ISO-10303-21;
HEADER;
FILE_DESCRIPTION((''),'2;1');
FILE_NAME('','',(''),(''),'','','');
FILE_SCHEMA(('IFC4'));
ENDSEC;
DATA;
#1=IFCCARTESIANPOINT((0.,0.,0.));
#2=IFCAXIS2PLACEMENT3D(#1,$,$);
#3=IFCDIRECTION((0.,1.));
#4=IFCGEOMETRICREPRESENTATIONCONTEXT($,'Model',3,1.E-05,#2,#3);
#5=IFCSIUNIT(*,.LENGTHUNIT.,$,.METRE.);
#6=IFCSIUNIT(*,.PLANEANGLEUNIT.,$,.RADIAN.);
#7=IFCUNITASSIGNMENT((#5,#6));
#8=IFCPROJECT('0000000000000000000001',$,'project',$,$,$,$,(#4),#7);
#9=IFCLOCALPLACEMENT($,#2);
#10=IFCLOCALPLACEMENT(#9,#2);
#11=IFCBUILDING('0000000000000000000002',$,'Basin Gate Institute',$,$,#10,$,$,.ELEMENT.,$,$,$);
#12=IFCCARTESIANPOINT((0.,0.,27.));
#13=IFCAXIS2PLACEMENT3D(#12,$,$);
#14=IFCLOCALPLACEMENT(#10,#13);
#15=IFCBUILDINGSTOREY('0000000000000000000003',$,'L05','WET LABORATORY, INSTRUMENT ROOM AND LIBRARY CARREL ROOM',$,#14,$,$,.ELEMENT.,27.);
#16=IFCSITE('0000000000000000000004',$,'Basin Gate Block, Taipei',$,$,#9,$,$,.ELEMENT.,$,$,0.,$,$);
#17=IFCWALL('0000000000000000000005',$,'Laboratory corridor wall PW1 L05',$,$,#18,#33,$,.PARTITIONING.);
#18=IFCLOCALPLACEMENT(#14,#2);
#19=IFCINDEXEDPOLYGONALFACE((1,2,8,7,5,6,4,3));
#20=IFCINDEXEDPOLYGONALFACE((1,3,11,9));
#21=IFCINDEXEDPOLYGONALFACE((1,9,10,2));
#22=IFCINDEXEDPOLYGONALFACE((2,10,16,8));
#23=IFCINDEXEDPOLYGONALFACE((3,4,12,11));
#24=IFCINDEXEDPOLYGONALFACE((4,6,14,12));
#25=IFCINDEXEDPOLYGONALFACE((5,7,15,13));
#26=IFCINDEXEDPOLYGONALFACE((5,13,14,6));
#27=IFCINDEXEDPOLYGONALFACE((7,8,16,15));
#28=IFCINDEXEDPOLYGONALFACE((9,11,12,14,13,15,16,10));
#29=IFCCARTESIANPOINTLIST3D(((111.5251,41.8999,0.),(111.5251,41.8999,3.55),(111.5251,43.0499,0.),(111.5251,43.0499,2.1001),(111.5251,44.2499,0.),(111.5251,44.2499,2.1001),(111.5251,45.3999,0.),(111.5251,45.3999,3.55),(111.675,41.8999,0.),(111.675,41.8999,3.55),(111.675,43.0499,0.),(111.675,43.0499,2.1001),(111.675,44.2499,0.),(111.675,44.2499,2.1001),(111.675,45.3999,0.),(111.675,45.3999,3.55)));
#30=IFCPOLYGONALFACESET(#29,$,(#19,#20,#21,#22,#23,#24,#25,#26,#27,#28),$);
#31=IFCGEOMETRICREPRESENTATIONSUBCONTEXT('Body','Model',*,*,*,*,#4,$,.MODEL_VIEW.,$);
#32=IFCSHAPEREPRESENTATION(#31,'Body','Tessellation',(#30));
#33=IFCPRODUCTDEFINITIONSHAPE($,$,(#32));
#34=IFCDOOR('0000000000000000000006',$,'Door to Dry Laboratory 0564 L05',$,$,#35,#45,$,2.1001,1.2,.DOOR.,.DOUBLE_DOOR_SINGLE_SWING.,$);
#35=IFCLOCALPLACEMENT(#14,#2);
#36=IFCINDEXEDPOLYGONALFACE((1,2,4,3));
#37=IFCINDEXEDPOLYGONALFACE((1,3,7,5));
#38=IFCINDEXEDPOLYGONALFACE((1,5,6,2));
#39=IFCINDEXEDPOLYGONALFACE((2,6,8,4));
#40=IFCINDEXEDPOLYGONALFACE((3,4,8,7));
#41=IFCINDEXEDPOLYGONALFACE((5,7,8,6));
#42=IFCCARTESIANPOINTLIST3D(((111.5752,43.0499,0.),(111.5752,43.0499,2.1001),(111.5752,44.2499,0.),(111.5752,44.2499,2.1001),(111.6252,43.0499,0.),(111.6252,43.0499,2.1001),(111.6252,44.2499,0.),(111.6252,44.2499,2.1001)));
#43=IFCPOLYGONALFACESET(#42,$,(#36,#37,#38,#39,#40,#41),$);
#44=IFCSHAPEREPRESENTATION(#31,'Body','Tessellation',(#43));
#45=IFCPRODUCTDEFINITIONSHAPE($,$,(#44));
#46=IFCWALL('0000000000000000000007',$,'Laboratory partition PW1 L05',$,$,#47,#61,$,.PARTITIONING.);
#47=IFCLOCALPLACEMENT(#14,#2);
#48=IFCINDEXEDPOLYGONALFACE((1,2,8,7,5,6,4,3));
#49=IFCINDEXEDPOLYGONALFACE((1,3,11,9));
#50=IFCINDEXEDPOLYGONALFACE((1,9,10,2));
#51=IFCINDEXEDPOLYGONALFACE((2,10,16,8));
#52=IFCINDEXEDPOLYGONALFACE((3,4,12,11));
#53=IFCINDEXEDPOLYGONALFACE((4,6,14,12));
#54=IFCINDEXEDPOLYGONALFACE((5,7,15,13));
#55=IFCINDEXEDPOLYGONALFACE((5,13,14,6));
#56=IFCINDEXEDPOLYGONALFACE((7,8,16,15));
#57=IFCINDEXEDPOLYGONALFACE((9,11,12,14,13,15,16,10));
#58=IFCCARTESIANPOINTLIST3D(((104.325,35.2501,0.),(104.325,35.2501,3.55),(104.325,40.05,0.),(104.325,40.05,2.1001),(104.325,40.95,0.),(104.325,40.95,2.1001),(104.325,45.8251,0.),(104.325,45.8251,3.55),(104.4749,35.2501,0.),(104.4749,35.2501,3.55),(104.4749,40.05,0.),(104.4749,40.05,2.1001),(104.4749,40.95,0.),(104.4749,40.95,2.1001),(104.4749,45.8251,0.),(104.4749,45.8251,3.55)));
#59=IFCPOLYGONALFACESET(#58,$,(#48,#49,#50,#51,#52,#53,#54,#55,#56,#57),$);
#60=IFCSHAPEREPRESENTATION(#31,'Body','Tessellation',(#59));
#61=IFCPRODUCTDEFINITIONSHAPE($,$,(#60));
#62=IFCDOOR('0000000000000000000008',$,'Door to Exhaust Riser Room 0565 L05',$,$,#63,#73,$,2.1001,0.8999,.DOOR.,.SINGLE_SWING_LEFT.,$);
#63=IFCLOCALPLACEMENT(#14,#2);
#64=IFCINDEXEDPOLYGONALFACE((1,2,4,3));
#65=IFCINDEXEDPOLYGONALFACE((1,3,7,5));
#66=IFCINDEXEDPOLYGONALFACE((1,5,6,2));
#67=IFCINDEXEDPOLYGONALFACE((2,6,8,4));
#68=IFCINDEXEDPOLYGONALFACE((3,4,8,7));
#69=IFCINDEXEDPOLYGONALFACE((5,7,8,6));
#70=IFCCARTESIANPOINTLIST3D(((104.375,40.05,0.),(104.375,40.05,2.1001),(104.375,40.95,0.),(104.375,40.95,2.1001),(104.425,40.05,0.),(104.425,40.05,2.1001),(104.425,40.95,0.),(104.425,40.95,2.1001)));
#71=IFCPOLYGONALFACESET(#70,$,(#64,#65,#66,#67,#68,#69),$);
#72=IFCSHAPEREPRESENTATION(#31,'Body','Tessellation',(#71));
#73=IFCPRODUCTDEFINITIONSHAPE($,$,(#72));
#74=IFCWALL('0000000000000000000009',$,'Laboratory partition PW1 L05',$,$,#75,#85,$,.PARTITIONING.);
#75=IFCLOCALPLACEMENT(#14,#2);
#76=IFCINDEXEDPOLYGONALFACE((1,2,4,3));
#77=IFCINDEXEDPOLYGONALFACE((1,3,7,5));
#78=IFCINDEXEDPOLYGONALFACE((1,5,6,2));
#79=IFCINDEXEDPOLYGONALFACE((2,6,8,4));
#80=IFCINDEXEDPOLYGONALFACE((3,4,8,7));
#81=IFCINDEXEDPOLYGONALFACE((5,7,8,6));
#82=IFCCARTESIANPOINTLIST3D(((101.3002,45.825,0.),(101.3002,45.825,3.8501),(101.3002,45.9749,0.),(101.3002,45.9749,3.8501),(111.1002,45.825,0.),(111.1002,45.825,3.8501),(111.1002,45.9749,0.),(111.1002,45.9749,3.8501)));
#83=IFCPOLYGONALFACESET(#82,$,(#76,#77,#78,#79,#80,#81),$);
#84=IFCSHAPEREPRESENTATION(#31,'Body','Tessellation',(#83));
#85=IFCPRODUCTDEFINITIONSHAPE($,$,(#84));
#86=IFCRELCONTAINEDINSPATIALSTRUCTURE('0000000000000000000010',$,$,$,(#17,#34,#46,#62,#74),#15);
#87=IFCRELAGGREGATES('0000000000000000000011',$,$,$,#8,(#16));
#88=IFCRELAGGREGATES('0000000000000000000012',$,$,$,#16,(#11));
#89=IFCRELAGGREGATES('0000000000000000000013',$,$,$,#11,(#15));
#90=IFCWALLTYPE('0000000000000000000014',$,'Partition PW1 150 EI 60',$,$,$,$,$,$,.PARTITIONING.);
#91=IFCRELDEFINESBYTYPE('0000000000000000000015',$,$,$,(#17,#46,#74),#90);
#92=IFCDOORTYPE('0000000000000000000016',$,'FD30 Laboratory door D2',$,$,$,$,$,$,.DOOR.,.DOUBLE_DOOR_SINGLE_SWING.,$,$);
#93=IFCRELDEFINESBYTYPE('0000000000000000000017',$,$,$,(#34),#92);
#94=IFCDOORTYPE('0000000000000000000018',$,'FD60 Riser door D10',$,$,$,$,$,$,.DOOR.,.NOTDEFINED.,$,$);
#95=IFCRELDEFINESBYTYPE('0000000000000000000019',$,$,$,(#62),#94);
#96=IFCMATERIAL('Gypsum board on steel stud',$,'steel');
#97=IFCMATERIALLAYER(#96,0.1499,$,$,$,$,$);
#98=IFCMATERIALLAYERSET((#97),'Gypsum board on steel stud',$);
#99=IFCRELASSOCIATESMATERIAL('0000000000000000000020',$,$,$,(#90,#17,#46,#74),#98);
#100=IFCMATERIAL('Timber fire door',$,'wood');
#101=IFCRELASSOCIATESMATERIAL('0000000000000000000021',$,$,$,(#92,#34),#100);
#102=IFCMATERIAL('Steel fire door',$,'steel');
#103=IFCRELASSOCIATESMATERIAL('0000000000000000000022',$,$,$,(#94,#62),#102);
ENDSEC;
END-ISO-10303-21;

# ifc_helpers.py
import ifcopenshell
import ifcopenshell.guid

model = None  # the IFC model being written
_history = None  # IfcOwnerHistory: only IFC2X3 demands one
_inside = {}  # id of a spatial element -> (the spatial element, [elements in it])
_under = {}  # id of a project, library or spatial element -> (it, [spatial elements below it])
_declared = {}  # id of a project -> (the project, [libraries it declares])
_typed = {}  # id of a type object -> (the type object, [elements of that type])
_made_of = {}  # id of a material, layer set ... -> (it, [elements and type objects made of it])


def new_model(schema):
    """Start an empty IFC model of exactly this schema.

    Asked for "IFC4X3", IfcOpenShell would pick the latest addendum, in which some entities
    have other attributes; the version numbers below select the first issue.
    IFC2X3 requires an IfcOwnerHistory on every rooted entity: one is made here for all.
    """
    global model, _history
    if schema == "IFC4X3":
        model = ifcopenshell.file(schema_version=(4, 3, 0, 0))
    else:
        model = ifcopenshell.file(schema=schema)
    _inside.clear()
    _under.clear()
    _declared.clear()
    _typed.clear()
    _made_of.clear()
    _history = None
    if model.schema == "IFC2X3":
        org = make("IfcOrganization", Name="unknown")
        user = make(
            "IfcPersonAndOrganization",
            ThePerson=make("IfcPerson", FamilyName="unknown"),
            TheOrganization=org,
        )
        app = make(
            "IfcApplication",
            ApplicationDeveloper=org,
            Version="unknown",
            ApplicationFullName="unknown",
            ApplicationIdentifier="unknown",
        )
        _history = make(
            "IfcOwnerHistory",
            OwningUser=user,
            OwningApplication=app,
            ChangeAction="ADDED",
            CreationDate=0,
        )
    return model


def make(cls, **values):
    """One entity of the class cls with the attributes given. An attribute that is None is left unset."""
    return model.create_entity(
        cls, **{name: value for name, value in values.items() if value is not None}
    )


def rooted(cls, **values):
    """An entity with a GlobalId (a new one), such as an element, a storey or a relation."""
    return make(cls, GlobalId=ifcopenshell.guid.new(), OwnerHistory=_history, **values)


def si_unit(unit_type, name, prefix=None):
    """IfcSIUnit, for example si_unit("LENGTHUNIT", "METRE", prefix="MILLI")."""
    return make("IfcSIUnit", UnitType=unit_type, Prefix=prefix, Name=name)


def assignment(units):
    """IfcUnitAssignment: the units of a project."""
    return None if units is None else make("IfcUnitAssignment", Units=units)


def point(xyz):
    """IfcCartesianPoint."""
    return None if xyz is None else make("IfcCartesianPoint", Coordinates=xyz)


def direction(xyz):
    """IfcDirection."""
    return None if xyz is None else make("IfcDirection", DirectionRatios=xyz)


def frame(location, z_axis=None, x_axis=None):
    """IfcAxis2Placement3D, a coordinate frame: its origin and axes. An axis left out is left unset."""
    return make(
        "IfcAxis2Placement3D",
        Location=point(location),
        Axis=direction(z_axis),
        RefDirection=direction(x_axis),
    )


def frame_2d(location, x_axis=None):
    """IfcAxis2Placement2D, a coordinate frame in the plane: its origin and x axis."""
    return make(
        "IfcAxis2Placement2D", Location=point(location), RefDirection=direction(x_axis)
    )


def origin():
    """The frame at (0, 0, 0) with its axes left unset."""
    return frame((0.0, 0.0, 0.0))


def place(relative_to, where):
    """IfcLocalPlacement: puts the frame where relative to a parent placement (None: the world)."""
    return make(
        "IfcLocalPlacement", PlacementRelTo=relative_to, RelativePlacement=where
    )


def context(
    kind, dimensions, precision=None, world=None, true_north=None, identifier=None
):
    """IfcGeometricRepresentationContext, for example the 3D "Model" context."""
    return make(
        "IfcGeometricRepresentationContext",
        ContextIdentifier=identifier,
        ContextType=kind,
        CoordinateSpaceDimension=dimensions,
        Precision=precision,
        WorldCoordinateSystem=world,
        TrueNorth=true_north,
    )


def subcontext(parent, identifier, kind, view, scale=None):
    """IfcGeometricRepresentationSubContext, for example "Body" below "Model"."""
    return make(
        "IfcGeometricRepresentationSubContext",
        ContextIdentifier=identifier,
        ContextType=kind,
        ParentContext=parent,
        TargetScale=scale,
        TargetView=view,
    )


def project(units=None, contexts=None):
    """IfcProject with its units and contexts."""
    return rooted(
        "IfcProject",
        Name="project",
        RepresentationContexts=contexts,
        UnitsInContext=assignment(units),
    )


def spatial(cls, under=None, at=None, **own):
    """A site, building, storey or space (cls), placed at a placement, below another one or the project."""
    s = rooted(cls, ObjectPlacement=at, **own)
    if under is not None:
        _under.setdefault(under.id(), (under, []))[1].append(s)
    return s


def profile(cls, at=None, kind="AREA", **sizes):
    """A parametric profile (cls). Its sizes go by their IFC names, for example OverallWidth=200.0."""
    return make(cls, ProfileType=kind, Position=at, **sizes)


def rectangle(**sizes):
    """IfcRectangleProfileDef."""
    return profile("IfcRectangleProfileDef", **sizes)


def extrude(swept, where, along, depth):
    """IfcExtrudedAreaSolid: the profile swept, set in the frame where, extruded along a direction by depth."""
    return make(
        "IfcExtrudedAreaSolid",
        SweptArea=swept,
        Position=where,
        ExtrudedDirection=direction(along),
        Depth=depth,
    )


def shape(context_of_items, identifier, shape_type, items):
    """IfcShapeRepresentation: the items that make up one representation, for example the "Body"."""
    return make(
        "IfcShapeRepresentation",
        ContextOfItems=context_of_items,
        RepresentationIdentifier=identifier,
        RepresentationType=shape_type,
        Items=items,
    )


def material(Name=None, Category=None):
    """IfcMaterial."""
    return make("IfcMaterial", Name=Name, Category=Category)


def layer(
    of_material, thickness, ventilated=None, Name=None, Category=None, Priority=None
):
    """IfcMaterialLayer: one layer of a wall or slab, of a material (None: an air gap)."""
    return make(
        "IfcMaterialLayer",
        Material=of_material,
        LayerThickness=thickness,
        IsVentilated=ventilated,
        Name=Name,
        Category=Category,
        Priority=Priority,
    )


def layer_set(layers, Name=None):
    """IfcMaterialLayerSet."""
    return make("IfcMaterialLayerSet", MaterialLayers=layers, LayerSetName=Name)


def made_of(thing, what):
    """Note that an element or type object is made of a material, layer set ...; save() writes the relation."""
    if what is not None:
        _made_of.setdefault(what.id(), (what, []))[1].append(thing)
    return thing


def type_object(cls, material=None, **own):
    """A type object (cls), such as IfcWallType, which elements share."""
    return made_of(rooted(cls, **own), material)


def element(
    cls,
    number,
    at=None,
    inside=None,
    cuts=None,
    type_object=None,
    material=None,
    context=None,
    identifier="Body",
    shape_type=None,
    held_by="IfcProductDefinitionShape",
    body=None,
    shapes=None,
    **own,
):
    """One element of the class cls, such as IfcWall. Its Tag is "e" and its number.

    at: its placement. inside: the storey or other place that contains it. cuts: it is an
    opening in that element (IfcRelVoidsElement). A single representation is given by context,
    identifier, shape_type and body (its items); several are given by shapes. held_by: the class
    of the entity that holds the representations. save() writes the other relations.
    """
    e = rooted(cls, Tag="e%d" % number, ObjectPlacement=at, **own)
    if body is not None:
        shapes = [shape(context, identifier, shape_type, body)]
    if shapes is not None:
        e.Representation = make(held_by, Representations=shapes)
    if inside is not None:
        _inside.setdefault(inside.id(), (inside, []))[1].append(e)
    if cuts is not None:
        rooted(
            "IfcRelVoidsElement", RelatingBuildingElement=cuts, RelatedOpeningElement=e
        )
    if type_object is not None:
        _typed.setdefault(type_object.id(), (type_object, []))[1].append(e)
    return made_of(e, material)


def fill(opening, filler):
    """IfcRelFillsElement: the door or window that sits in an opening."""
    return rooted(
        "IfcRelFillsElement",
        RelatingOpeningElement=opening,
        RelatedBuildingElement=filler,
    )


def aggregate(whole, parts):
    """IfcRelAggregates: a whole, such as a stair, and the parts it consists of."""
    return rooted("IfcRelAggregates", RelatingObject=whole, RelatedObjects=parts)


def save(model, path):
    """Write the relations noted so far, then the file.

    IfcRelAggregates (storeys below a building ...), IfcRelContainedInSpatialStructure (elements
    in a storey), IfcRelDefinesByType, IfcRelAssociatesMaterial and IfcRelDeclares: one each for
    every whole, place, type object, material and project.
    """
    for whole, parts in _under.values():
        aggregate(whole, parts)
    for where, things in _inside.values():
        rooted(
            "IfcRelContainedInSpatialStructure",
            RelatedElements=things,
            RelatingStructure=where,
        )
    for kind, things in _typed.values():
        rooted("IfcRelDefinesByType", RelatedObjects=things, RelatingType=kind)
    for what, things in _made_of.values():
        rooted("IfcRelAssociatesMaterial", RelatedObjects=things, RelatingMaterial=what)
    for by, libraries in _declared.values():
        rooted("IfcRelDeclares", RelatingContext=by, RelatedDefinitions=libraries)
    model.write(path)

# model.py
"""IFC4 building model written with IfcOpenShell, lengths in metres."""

from ifc_helpers import new_model, si_unit, direction, frame, frame_2d, origin, place, context, subcontext, project, spatial, rectangle, extrude, material, layer, layer_set, type_object, element, fill, save


model = new_model("IFC4")

# Units and contexts
model_context = context("Model", 3, precision=1e-05, world=origin(), true_north=direction((0.0, 1.0)))
body_context = subcontext(model_context, "Body", "Model", "MODEL_VIEW")
ifc_project = project(units=[si_unit("LENGTHUNIT", "METRE"), si_unit("PLANEANGLEUNIT", "RADIAN")], contexts=[model_context])

# Site, building, storey
site_placement = place(None, origin())
site = spatial("IfcSite", under=ifc_project, at=site_placement, Name="Basin Gate Block, Taipei", CompositionType="ELEMENT", RefElevation=0.0)
building_placement = place(site_placement, origin())
building = spatial("IfcBuilding", under=site, at=building_placement, Name="Basin Gate Institute", CompositionType="ELEMENT")
storey_placement = place(building_placement, frame((0.0, 0.0, 27.0)))
storey = spatial("IfcBuildingStorey", under=building, at=storey_placement, Name="L05", Description="WET LABORATORY, INSTRUMENT ROOM AND LIBRARY CARREL ROOM", CompositionType="ELEMENT", Elevation=27.0)

# Walls, openings, doors
ifc_material_1 = material(Name="Gypsum board on steel stud", Category="steel")
ifc_layer_1 = layer(ifc_material_1, 0.1499)
ifc_layer_set_1 = layer_set([ifc_layer_1], Name="Gypsum board on steel stud")
wall_type_1 = type_object("IfcWallType", Name="Partition PW1 150 EI 60", PredefinedType="PARTITIONING", material=ifc_layer_set_1)
wall_1_placement = place(storey_placement, frame((111.6001, 41.8999, 0.0), z_axis=(0.0, 0.0, 1.0), x_axis=(0.0, 1.0, 0.0)))
wall_1 = element("IfcWall", 1, at=wall_1_placement, inside=storey, type_object=wall_type_1, material=ifc_layer_set_1, Name="Laboratory corridor wall PW1 L05", PredefinedType="PARTITIONING", context=body_context, shape_type="SweptSolid", body=[
    extrude(rectangle(XDim=3.5, YDim=0.1499, at=frame_2d((1.75, 0.0))), origin(), (0.0, 0.0, 1.0), 3.55),
])
opening_1_placement = place(wall_1_placement, frame((1.1499, 0.0, 0.0)))
opening_1 = element("IfcOpeningElement", 2, at=opening_1_placement, cuts=wall_1, PredefinedType="OPENING", context=body_context, shape_type="SweptSolid", body=[
    extrude(rectangle(XDim=1.2, YDim=2.1001, at=frame_2d((0.6001, 1.05))), frame((0.0, 0.085, 0.0), z_axis=(0.0, -1.0, 0.0), x_axis=(1.0, 0.0, 0.0)), (0.0, 0.0, 1.0), 0.1699),
])
ifc_material_2 = material(Name="Timber fire door", Category="wood")
door_type_1 = type_object("IfcDoorType", Name="FD30 Laboratory door D2", OperationType="DOUBLE_DOOR_SINGLE_SWING", PredefinedType="DOOR", material=ifc_material_2)
door_1_placement = place(opening_1_placement, origin())
door_1 = element("IfcDoor", 3, at=door_1_placement, inside=storey, type_object=door_type_1, material=ifc_material_2, Name="Door to Dry Laboratory 0564 L05", OperationType="DOUBLE_DOOR_SINGLE_SWING", OverallHeight=2.1001, OverallWidth=1.2, PredefinedType="DOOR", context=body_context, shape_type="SweptSolid", body=[
    extrude(rectangle(XDim=1.2, YDim=2.1001, at=frame_2d((0.6001, 1.05))), frame((0.0, 0.0249, 0.0), z_axis=(0.0, -1.0, 0.0), x_axis=(1.0, 0.0, 0.0)), (0.0, 0.0, 1.0), 0.05),
])
fill(opening_1, door_1)
wall_2_placement = place(storey_placement, frame((104.3999, 35.25, 0.0), z_axis=(0.0, 0.0, 1.0), x_axis=(0.0, 1.0, 0.0)))
wall_2 = element("IfcWall", 4, at=wall_2_placement, inside=storey, type_object=wall_type_1, material=ifc_layer_set_1, Name="Laboratory partition PW1 L05", PredefinedType="PARTITIONING", context=body_context, shape_type="SweptSolid", body=[
    extrude(rectangle(XDim=10.575, YDim=0.1499, at=frame_2d((5.2876, 0.0))), origin(), (0.0, 0.0, 1.0), 3.55),
])
opening_2_placement = place(wall_2_placement, frame((4.8, 0.0, 0.0)))
opening_2 = element("IfcOpeningElement", 5, at=opening_2_placement, cuts=wall_2, PredefinedType="OPENING", context=body_context, shape_type="SweptSolid", body=[
    extrude(rectangle(XDim=0.8999, YDim=2.1001, at=frame_2d((0.45, 1.05))), frame((0.0, 0.085, 0.0), z_axis=(0.0, -1.0, 0.0), x_axis=(1.0, 0.0, 0.0)), (0.0, 0.0, 1.0), 0.1699),
])
ifc_material_3 = material(Name="Steel fire door", Category="steel")
door_type_2 = type_object("IfcDoorType", Name="FD60 Riser door D10", OperationType="NOTDEFINED", PredefinedType="DOOR", material=ifc_material_3)
door_2_placement = place(opening_2_placement, origin())
door_2 = element("IfcDoor", 6, at=door_2_placement, inside=storey, type_object=door_type_2, material=ifc_material_3, Name="Door to Exhaust Riser Room 0565 L05", OperationType="SINGLE_SWING_LEFT", OverallHeight=2.1001, OverallWidth=0.8999, PredefinedType="DOOR", context=body_context, shape_type="SweptSolid", body=[
    extrude(rectangle(XDim=0.8999, YDim=2.1001, at=frame_2d((0.45, 1.05))), frame((0.0, 0.0249, 0.0), z_axis=(0.0, -1.0, 0.0), x_axis=(1.0, 0.0, 0.0)), (0.0, 0.0, 1.0), 0.05),
])
fill(opening_2, door_2)

# Wall
wall_3_placement = place(storey_placement, frame((111.1001, 45.8999, 0.0), z_axis=(0.0, 0.0, 1.0), x_axis=(-1.0, 0.0, 0.0)))
element("IfcWall", 7, at=wall_3_placement, inside=storey, type_object=wall_type_1, material=ifc_layer_set_1, Name="Laboratory partition PW1 L05", PredefinedType="PARTITIONING", context=body_context, shape_type="SweptSolid", body=[
    extrude(rectangle(XDim=9.8, YDim=0.1499, at=frame_2d((4.8999, 0.0))), origin(), (0.0, 0.0, 1.0), 3.8501),
])

save(model, "model.ifc")
